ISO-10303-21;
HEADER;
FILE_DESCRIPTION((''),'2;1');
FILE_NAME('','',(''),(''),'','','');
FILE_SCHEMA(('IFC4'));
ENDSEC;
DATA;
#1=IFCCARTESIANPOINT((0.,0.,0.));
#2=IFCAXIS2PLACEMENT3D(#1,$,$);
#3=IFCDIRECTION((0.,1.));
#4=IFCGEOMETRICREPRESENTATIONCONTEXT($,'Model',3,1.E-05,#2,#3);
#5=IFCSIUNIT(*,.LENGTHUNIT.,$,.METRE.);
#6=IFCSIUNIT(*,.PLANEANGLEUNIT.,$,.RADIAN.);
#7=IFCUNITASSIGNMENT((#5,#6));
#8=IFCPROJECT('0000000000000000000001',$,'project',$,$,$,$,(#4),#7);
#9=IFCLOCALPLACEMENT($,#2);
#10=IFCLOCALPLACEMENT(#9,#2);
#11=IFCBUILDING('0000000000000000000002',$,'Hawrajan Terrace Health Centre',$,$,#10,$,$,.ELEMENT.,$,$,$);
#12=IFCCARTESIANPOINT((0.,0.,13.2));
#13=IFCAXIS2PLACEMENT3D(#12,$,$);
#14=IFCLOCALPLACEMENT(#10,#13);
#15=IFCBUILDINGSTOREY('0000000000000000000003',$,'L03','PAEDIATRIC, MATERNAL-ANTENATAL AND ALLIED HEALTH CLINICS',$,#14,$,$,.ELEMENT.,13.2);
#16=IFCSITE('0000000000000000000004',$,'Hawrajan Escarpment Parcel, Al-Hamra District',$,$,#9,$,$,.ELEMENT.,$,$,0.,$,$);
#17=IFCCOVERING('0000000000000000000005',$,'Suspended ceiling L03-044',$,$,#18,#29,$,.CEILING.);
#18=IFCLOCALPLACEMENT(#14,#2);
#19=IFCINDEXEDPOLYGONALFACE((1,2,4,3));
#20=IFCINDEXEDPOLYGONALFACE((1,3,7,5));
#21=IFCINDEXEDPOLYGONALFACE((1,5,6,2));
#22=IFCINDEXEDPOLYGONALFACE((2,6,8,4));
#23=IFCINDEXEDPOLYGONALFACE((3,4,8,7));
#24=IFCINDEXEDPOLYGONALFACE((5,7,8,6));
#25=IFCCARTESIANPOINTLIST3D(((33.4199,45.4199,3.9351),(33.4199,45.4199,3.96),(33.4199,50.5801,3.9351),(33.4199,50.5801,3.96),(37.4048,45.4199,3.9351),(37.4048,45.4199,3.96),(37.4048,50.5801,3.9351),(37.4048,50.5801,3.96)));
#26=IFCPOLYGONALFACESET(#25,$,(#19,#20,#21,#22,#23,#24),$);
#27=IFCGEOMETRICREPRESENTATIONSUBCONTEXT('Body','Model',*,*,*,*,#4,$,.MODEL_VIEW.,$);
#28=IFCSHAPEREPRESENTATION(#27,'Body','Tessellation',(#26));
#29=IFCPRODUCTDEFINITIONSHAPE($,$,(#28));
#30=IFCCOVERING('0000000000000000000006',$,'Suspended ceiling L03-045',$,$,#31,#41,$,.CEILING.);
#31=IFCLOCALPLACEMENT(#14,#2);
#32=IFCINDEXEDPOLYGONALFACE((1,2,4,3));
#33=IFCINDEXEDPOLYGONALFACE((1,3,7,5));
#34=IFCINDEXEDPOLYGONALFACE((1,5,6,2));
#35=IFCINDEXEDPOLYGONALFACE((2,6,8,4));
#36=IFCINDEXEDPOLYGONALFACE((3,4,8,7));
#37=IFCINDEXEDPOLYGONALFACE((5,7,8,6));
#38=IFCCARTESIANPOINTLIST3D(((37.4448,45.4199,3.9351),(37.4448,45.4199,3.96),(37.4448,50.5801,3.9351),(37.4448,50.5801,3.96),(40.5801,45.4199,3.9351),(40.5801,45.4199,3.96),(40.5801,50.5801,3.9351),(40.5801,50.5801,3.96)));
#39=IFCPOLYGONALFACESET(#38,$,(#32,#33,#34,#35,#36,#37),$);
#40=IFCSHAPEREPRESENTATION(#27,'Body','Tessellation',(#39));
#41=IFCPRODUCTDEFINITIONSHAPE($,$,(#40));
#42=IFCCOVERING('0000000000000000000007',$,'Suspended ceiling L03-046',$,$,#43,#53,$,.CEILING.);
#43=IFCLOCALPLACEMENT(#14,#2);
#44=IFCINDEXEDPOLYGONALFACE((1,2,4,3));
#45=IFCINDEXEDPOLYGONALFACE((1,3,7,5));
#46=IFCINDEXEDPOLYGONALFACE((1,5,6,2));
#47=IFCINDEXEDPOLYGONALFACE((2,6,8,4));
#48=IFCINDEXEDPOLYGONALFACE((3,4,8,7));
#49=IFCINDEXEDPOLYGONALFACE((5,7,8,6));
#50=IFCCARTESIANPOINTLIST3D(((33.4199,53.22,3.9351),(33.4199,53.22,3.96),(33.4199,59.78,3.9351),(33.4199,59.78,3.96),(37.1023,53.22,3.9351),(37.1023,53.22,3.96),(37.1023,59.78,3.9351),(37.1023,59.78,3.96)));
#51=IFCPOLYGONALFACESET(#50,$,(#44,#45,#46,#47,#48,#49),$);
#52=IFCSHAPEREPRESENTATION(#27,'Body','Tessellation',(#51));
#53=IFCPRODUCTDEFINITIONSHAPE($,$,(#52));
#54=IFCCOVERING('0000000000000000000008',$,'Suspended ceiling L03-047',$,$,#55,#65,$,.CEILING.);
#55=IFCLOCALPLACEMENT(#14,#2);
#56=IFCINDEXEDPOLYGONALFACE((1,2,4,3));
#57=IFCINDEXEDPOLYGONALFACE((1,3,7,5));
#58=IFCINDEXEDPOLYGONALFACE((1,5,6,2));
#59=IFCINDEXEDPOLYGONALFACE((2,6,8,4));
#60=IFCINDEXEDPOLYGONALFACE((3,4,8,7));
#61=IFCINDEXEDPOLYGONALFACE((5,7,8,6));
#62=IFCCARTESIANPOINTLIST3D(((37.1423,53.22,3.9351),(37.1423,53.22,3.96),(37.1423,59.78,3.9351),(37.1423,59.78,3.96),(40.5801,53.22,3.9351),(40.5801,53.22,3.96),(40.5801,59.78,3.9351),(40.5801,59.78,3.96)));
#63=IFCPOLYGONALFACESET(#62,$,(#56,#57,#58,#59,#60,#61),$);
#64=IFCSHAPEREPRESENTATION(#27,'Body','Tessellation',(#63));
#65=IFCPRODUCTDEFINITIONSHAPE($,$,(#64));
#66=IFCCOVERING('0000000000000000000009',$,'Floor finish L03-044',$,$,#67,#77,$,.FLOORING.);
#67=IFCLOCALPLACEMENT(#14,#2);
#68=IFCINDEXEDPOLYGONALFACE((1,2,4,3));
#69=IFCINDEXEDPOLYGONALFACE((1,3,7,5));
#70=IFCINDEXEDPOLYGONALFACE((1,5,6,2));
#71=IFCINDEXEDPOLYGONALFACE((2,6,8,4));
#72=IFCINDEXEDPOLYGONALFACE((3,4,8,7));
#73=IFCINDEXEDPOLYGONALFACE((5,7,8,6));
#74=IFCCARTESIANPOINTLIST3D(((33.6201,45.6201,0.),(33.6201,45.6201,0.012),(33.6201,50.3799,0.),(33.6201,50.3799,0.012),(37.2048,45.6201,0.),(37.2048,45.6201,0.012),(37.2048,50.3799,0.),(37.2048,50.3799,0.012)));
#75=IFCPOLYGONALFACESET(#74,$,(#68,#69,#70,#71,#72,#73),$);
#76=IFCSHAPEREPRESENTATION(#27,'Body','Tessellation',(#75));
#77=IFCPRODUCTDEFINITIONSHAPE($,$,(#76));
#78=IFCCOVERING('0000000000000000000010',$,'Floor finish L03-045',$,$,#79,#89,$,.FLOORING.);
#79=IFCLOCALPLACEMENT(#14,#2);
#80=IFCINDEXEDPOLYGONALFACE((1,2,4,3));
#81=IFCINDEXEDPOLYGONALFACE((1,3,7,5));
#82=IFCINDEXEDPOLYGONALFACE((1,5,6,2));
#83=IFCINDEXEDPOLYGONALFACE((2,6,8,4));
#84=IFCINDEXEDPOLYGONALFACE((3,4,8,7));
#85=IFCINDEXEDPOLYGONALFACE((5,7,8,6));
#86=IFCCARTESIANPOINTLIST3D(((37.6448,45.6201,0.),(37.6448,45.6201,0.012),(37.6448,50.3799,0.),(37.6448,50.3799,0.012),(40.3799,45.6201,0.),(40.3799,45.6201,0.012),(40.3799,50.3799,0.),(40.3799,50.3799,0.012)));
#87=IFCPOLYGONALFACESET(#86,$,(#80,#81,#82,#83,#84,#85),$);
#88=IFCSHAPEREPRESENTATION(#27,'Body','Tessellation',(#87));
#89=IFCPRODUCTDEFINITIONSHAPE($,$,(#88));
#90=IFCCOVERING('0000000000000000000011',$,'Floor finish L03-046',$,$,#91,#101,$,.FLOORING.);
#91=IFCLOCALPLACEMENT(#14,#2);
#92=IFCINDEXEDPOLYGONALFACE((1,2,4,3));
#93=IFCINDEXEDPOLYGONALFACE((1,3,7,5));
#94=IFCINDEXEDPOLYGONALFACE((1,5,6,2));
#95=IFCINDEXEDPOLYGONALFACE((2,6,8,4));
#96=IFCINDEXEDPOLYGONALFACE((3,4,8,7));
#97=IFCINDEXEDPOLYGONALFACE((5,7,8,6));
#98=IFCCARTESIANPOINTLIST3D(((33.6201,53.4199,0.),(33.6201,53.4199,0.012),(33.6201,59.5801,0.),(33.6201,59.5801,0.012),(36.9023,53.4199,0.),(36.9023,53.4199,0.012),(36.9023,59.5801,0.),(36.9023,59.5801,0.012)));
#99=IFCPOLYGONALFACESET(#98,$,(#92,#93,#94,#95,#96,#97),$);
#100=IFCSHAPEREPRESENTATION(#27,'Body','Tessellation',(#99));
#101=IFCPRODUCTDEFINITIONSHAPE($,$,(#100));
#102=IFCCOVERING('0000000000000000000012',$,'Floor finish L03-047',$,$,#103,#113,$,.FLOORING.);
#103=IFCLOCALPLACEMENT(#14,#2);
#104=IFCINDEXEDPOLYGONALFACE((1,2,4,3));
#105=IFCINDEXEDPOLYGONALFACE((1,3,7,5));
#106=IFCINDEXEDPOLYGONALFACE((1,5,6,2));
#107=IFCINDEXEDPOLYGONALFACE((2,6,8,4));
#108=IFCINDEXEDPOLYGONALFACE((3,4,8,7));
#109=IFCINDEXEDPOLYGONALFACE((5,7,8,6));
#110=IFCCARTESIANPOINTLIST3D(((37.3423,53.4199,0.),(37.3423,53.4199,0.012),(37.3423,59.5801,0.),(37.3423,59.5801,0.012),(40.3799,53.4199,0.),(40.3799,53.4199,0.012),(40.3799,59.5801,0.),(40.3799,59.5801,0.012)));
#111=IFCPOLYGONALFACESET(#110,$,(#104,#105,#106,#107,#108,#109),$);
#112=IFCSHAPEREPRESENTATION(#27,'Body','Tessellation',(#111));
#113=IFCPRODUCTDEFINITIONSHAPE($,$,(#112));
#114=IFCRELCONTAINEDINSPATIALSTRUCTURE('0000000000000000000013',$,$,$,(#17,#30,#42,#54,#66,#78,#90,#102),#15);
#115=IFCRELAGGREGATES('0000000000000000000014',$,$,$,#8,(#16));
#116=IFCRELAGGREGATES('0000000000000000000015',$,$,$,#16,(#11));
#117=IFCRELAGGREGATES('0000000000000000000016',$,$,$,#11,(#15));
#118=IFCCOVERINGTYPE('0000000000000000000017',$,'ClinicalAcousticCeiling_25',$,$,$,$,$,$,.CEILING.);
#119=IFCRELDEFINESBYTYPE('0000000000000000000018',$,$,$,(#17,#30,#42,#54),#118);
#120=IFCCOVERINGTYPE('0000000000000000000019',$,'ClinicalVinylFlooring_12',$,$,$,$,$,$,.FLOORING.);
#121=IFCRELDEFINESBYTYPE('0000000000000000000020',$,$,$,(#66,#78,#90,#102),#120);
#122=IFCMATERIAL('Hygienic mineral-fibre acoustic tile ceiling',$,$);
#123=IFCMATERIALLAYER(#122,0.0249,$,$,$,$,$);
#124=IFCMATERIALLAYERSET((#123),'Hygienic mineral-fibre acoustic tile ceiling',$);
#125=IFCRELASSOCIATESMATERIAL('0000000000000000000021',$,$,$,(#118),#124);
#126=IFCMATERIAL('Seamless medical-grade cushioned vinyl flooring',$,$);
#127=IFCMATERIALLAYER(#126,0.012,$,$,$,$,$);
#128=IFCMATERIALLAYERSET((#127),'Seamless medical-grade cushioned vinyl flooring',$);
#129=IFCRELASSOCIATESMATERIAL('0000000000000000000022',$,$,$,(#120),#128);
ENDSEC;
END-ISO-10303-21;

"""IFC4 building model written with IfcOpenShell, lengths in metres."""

from ifc_helpers import new_model, si_unit, direction, frame, origin, place, context, subcontext, project, spatial, polyline, outline, extrude, material, layer, layer_set, type_object, element, save


model = new_model("IFC4")

# Units and contexts
model_context = context("Model", 3, precision=1e-05, world=origin(), true_north=direction((0.0, 1.0)))
body_context = subcontext(model_context, "Body", "Model", "MODEL_VIEW")
ifc_project = project(units=[si_unit("LENGTHUNIT", "METRE"), si_unit("PLANEANGLEUNIT", "RADIAN")], contexts=[model_context])

# Site, building, storey
site_placement = place(None, origin())
site = spatial("IfcSite", under=ifc_project, at=site_placement, Name="Hawrajan Escarpment Parcel, Al-Hamra District", CompositionType="ELEMENT", RefElevation=0.0)
building_placement = place(site_placement, origin())
building = spatial("IfcBuilding", under=site, at=building_placement, Name="Hawrajan Terrace Health Centre", CompositionType="ELEMENT")
storey_placement = place(building_placement, frame((0.0, 0.0, 13.2)))
storey = spatial("IfcBuildingStorey", under=building, at=storey_placement, Name="L03", Description="PAEDIATRIC, MATERNAL-ANTENATAL AND ALLIED HEALTH CLINICS", CompositionType="ELEMENT", Elevation=13.2)

# Coverings
ifc_material_1 = material(Name="Hygienic mineral-fibre acoustic tile ceiling")
ifc_layer_1 = layer(ifc_material_1, 0.0249)
ifc_layer_set_1 = layer_set([ifc_layer_1], Name="Hygienic mineral-fibre acoustic tile ceiling")
covering_type_1 = type_object("IfcCoveringType", Name="ClinicalAcousticCeiling_25", PredefinedType="CEILING", material=ifc_layer_set_1)
covering_1_placement = place(storey_placement, frame((0.0, 0.0, 3.9351)))
element("IfcCovering", 1, at=covering_1_placement, inside=storey, type_object=covering_type_1, Name="Suspended ceiling L03-044", PredefinedType="CEILING", context=body_context, shape_type="SweptSolid", body=[
    extrude(outline(polyline([(33.4199, 50.5801), (37.4048, 50.5801), (37.4048, 45.4199), (33.4199, 45.4199), (33.4199, 50.5801)])), origin(), (0.0, 0.0, 1.0), 0.0249),
])
covering_2_placement = place(storey_placement, frame((0.0, 0.0, 3.9351)))
element("IfcCovering", 2, at=covering_2_placement, inside=storey, type_object=covering_type_1, Name="Suspended ceiling L03-045", PredefinedType="CEILING", context=body_context, shape_type="SweptSolid", body=[
    extrude(outline(polyline([(37.4448, 50.5801), (40.5801, 50.5801), (40.5801, 45.4199), (37.4448, 45.4199), (37.4448, 50.5801)])), origin(), (0.0, 0.0, 1.0), 0.0249),
])
covering_3_placement = place(storey_placement, frame((0.0, 0.0, 3.9351)))
element("IfcCovering", 3, at=covering_3_placement, inside=storey, type_object=covering_type_1, Name="Suspended ceiling L03-046", PredefinedType="CEILING", context=body_context, shape_type="SweptSolid", body=[
    extrude(outline(polyline([(33.4199, 59.78), (37.1023, 59.78), (37.1023, 53.22), (33.4199, 53.22), (33.4199, 59.78)])), origin(), (0.0, 0.0, 1.0), 0.0249),
])
covering_4_placement = place(storey_placement, frame((0.0, 0.0, 3.9351)))
element("IfcCovering", 4, at=covering_4_placement, inside=storey, type_object=covering_type_1, Name="Suspended ceiling L03-047", PredefinedType="CEILING", context=body_context, shape_type="SweptSolid", body=[
    extrude(outline(polyline([(37.1423, 59.78), (40.5801, 59.78), (40.5801, 53.22), (37.1423, 53.22), (37.1423, 59.78)])), origin(), (0.0, 0.0, 1.0), 0.0249),
])
ifc_material_2 = material(Name="Seamless medical-grade cushioned vinyl flooring")
ifc_layer_2 = layer(ifc_material_2, 0.012)
ifc_layer_set_2 = layer_set([ifc_layer_2], Name="Seamless medical-grade cushioned vinyl flooring")
covering_type_2 = type_object("IfcCoveringType", Name="ClinicalVinylFlooring_12", PredefinedType="FLOORING", material=ifc_layer_set_2)
covering_5_placement = place(storey_placement, origin())
element("IfcCovering", 5, at=covering_5_placement, inside=storey, type_object=covering_type_2, Name="Floor finish L03-044", PredefinedType="FLOORING", context=body_context, shape_type="SweptSolid", body=[
    extrude(outline(polyline([(33.6201, 50.3799), (37.2048, 50.3799), (37.2048, 45.6201), (33.6201, 45.6201), (33.6201, 50.3799)])), origin(), (0.0, 0.0, 1.0), 0.012),
])
covering_6_placement = place(storey_placement, origin())
element("IfcCovering", 6, at=covering_6_placement, inside=storey, type_object=covering_type_2, Name="Floor finish L03-045", PredefinedType="FLOORING", context=body_context, shape_type="SweptSolid", body=[
    extrude(outline(polyline([(37.6448, 50.3799), (40.3799, 50.3799), (40.3799, 45.6201), (37.6448, 45.6201), (37.6448, 50.3799)])), origin(), (0.0, 0.0, 1.0), 0.012),
])
covering_7_placement = place(storey_placement, origin())
element("IfcCovering", 7, at=covering_7_placement, inside=storey, type_object=covering_type_2, Name="Floor finish L03-046", PredefinedType="FLOORING", context=body_context, shape_type="SweptSolid", body=[
    extrude(outline(polyline([(33.6201, 59.5801), (36.9023, 59.5801), (36.9023, 53.4199), (33.6201, 53.4199), (33.6201, 59.5801)])), origin(), (0.0, 0.0, 1.0), 0.012),
])
covering_8_placement = place(storey_placement, origin())
element("IfcCovering", 8, at=covering_8_placement, inside=storey, type_object=covering_type_2, Name="Floor finish L03-047", PredefinedType="FLOORING", context=body_context, shape_type="SweptSolid", body=[
    extrude(outline(polyline([(37.3423, 59.5801), (40.3799, 59.5801), (40.3799, 53.4199), (37.3423, 53.4199), (37.3423, 59.5801)])), origin(), (0.0, 0.0, 1.0), 0.012),
])

save(model, "model.ifc")
